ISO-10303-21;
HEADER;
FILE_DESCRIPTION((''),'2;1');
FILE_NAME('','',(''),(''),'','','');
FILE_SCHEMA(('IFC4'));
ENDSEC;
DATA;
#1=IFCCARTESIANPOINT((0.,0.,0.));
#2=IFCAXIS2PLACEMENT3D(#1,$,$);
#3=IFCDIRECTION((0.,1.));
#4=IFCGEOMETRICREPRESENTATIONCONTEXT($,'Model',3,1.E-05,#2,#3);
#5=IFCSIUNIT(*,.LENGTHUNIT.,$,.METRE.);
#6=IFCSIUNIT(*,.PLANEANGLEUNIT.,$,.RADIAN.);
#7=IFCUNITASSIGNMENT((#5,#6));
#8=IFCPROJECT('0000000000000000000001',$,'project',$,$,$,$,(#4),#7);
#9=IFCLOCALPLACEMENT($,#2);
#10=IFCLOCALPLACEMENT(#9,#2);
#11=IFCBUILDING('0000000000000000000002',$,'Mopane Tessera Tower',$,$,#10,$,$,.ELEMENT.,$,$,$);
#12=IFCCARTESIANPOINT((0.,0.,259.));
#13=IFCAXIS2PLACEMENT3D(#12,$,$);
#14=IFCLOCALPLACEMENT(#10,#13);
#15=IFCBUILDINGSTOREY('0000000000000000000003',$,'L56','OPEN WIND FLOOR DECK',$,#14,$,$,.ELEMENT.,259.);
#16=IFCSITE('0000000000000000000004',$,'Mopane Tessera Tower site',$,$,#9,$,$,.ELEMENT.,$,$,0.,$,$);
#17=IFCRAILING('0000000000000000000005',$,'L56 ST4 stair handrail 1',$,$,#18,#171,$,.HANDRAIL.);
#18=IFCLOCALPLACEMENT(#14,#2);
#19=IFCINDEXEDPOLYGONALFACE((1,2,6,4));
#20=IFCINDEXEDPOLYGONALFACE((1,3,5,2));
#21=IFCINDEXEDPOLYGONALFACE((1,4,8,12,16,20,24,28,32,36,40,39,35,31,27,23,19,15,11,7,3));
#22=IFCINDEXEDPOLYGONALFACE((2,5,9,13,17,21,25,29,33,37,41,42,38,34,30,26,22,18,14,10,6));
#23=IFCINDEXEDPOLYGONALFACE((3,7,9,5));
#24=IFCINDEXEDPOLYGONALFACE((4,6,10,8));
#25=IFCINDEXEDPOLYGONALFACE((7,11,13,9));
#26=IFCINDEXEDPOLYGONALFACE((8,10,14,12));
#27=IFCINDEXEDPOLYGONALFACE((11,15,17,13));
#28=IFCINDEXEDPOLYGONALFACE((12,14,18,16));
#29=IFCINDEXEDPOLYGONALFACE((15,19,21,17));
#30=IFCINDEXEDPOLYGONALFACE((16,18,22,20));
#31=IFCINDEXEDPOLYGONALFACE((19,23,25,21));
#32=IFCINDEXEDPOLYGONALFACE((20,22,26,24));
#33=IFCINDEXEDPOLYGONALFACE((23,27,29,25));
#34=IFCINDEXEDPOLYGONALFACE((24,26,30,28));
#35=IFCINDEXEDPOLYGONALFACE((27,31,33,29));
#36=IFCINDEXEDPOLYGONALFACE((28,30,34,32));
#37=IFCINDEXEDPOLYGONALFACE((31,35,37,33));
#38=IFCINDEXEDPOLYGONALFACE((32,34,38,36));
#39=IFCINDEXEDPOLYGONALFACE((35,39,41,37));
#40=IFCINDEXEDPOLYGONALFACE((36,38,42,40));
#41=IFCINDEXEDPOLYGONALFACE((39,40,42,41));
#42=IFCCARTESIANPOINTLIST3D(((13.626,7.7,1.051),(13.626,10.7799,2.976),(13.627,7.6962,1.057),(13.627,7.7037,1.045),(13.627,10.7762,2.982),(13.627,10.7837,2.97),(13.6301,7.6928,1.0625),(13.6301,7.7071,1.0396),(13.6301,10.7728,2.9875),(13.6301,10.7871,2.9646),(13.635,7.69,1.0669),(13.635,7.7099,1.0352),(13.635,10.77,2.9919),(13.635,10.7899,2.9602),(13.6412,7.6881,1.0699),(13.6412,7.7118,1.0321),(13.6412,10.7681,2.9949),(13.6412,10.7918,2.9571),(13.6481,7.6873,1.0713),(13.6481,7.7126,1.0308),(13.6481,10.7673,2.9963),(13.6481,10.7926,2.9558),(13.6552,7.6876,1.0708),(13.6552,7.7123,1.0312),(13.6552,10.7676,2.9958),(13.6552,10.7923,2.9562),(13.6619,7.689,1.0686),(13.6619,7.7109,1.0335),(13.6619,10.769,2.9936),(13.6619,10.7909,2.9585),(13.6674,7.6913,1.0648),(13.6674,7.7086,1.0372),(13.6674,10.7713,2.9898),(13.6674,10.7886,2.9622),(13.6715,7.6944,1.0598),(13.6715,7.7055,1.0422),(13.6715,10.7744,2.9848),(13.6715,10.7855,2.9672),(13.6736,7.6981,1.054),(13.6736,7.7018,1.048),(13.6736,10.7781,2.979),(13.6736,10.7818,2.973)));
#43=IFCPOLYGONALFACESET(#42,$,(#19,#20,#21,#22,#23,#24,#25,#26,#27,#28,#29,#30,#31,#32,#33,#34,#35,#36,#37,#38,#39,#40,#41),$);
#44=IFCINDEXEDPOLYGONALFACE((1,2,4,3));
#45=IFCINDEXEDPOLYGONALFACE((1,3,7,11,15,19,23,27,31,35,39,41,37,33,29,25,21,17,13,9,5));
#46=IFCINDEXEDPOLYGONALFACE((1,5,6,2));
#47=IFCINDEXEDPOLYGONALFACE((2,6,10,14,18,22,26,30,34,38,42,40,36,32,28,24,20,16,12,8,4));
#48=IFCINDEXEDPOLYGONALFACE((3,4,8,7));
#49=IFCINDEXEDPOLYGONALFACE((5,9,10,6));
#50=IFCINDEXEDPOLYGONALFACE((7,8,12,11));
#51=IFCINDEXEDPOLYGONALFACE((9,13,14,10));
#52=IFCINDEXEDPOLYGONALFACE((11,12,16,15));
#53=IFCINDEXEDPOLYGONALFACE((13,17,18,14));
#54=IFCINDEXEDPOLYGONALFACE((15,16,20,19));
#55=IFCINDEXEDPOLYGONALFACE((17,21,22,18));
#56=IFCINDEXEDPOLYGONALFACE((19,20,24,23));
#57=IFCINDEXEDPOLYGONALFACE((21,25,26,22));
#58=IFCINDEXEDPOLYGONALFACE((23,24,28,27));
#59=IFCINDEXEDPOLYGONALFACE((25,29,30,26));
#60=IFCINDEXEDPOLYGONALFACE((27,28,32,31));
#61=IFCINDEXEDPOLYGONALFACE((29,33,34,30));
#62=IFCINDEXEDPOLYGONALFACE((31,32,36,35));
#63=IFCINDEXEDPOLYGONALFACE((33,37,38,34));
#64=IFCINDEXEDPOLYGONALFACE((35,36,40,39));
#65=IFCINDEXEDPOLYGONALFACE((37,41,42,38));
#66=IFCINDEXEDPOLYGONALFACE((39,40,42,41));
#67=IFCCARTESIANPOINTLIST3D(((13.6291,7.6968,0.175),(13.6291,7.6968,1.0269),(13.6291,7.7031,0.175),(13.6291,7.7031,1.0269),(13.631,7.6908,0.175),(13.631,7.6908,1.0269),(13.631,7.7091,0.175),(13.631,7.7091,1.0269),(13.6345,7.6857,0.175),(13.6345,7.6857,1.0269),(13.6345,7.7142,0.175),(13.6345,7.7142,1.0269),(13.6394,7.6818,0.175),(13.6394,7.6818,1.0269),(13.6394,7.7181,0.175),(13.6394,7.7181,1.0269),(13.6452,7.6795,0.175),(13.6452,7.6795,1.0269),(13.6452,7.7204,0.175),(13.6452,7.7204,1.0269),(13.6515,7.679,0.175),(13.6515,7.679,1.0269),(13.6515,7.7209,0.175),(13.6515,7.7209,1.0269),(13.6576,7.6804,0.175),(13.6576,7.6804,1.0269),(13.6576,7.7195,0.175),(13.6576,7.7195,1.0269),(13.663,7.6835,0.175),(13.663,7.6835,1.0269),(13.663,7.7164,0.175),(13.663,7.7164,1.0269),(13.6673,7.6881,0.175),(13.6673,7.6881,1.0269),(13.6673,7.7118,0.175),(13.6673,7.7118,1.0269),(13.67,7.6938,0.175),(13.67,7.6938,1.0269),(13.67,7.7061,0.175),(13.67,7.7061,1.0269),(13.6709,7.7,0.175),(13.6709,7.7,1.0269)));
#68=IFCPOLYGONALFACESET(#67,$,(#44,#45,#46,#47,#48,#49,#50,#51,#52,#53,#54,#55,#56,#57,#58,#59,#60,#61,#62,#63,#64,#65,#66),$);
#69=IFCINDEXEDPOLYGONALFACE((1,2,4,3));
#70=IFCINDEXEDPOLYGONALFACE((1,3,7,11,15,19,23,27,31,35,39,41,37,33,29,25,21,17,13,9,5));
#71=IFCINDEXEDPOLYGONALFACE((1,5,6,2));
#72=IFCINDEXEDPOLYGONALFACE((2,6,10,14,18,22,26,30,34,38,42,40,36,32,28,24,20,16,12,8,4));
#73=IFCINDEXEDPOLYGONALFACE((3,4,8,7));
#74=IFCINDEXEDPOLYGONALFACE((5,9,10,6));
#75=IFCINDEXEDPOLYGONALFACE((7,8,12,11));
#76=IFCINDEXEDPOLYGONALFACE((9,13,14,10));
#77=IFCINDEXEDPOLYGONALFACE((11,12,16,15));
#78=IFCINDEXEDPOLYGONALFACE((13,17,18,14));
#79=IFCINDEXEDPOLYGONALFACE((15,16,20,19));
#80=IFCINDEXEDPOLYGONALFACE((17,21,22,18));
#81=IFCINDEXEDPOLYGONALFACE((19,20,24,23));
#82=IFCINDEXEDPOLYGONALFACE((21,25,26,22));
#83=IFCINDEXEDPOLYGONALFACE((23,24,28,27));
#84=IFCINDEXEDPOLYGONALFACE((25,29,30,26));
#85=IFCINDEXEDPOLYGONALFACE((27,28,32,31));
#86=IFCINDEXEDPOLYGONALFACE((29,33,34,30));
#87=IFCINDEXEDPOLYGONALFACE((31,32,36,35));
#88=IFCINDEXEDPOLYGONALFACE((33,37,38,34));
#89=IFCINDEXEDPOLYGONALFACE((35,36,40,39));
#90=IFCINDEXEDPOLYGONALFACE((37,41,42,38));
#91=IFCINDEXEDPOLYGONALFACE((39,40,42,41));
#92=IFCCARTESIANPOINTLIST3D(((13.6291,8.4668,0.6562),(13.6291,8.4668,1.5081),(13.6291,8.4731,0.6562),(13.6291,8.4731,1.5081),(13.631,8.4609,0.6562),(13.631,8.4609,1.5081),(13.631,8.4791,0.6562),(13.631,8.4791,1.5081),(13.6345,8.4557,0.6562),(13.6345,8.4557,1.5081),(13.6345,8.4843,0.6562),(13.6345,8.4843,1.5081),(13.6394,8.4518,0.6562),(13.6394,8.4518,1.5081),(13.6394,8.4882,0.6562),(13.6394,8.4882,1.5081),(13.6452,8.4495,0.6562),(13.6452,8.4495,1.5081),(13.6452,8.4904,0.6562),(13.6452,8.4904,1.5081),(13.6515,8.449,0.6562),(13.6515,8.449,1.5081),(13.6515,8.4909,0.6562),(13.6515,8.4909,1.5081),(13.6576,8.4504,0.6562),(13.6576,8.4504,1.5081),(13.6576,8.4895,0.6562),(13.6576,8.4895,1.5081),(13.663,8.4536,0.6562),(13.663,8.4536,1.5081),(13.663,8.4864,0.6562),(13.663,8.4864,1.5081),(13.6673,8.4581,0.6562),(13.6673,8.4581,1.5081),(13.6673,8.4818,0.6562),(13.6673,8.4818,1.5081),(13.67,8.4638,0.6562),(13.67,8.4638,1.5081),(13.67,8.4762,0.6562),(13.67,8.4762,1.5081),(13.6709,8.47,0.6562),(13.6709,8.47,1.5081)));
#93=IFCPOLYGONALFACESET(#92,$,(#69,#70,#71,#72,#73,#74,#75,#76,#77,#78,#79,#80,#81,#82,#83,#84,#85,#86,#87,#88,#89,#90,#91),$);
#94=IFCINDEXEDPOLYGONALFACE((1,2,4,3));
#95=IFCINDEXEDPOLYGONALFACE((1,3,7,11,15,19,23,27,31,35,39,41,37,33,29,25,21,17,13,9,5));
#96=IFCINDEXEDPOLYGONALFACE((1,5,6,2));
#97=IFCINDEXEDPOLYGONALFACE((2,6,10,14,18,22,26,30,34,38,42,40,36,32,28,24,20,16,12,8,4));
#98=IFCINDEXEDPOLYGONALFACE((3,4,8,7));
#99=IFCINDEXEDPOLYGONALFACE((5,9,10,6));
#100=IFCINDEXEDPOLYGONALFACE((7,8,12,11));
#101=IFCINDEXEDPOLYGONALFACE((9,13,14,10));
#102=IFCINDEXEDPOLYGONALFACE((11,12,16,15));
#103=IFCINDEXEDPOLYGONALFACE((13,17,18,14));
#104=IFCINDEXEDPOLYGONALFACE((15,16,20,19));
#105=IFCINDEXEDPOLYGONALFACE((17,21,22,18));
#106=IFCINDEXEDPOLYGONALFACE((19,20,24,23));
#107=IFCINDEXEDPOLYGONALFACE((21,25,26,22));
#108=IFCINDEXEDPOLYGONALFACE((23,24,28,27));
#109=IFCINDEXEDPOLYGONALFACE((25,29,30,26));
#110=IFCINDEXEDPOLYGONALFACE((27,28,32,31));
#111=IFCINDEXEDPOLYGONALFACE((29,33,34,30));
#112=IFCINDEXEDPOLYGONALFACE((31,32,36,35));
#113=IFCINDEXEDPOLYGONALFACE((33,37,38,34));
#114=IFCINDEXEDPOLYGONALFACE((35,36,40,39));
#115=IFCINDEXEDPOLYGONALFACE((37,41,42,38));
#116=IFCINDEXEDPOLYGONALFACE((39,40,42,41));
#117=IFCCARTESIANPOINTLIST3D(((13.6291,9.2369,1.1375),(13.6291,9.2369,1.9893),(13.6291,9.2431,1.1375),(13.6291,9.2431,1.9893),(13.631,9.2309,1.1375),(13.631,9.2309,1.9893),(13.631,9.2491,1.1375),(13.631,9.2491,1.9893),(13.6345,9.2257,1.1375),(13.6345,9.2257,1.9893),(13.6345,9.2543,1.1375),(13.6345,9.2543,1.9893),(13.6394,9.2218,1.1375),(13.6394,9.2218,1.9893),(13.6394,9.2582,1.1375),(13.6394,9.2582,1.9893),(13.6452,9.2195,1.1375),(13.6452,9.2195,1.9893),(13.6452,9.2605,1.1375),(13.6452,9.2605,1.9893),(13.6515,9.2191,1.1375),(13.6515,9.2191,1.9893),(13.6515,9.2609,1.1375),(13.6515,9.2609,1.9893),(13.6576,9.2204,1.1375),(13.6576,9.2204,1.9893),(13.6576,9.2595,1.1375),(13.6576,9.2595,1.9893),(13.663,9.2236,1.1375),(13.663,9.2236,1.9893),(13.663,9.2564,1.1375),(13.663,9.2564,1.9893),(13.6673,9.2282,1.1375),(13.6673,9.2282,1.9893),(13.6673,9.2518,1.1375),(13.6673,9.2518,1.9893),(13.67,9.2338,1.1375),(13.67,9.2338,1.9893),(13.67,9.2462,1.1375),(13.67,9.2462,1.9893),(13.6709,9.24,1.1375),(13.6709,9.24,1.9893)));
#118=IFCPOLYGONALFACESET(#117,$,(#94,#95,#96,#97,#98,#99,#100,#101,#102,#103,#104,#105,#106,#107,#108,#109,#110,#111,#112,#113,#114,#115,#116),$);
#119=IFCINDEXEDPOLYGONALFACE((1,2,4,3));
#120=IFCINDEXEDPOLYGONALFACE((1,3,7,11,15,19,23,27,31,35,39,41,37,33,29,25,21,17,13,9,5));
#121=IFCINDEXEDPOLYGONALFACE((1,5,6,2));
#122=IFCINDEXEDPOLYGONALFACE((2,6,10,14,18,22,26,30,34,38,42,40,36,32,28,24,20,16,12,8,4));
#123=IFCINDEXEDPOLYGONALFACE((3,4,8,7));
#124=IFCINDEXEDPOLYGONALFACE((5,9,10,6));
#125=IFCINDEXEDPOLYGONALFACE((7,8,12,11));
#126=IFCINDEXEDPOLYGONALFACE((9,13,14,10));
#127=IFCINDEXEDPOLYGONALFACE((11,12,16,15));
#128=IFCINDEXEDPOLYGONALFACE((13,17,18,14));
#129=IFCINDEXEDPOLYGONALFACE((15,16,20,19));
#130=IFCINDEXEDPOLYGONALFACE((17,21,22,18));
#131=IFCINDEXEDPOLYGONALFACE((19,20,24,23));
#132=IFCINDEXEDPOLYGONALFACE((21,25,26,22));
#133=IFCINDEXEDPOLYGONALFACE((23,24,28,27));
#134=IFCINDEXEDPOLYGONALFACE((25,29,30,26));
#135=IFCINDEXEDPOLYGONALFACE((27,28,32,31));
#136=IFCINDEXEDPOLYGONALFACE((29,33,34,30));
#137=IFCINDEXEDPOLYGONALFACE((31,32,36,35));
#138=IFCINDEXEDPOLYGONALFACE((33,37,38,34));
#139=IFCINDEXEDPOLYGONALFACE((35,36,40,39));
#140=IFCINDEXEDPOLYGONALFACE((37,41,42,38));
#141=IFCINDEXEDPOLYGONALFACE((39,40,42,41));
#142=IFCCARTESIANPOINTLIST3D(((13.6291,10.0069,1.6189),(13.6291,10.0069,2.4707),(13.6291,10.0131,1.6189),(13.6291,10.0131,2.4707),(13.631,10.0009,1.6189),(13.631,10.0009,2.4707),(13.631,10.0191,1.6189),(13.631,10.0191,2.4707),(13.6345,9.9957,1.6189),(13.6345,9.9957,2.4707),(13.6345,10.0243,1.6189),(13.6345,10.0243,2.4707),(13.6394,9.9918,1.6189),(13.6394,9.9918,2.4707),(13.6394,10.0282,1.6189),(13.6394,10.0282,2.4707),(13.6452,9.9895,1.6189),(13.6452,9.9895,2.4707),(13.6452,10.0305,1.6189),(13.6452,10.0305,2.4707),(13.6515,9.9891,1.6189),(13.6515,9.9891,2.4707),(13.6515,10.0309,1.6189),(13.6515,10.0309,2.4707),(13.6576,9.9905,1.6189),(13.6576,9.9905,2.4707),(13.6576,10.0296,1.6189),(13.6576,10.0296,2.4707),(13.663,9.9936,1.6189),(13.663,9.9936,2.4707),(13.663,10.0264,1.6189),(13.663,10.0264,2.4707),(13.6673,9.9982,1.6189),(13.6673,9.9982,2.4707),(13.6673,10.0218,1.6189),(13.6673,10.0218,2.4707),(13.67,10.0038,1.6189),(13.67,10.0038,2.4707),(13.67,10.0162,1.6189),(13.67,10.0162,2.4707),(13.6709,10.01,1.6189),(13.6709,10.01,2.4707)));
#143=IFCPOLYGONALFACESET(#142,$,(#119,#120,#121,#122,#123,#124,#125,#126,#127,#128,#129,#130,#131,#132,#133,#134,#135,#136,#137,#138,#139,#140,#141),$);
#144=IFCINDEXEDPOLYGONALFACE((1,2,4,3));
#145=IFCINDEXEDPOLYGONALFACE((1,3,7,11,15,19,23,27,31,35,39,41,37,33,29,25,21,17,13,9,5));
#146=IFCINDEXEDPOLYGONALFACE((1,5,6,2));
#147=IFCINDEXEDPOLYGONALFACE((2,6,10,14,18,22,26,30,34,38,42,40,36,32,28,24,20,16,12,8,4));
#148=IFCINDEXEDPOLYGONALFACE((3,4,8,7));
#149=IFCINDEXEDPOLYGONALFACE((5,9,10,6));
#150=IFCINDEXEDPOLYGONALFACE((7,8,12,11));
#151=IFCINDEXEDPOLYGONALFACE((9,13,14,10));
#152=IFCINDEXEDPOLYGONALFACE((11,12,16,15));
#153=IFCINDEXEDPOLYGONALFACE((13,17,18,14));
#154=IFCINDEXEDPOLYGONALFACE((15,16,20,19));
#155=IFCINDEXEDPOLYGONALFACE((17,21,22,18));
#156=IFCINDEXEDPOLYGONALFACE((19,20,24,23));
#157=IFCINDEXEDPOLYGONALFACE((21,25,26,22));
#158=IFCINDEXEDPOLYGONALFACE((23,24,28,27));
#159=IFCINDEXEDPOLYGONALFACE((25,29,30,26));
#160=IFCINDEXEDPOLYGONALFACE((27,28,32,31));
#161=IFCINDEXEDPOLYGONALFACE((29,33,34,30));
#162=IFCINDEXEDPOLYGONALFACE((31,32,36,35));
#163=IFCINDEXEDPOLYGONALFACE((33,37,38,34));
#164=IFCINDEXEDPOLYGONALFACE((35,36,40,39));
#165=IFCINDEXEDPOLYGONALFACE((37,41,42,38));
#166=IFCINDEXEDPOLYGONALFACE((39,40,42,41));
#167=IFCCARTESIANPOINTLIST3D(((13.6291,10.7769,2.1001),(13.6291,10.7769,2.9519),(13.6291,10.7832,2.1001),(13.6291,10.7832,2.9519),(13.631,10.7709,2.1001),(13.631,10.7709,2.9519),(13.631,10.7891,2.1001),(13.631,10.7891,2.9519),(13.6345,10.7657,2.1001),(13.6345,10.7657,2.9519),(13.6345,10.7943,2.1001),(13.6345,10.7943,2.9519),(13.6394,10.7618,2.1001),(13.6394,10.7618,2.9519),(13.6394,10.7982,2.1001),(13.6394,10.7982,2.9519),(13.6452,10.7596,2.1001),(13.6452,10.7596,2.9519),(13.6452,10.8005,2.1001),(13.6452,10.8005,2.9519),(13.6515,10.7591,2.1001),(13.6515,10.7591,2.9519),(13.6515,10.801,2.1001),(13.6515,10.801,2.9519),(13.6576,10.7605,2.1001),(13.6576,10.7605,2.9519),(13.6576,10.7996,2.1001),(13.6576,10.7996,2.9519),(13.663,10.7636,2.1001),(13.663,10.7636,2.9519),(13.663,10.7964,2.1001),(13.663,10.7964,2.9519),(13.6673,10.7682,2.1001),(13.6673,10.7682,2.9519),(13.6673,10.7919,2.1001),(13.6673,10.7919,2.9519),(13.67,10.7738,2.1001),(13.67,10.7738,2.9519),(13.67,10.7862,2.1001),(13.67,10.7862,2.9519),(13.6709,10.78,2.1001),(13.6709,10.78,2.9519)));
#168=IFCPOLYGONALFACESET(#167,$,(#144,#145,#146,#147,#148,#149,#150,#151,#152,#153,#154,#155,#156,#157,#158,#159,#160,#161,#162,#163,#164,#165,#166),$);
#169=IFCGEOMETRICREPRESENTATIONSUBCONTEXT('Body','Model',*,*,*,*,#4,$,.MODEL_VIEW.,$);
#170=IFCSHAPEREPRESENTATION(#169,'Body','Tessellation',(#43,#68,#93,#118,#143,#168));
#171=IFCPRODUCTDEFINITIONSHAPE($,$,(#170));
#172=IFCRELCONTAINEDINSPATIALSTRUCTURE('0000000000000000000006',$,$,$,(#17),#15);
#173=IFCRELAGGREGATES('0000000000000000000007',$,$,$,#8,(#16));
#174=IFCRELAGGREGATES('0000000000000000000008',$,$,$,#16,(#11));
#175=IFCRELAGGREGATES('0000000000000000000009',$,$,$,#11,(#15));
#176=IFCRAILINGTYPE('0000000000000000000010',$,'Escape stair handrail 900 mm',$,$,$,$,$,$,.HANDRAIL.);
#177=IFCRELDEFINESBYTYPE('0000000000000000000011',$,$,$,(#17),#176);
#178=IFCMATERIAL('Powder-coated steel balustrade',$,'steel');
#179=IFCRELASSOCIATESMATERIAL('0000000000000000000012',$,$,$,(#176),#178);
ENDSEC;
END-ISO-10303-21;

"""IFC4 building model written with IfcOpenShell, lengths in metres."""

from ifc_helpers import new_model, si_unit, direction, frame, origin, origin_2d, place, context, subcontext, project, spatial, circle, extrude, material, type_object, element, save


model = new_model("IFC4")

# Units and contexts
model_context = context("Model", 3, precision=1e-05, world=origin(), true_north=direction((0.0, 1.0)))
body_context = subcontext(model_context, "Body", "Model", "MODEL_VIEW")
ifc_project = project(units=[si_unit("LENGTHUNIT", "METRE"), si_unit("PLANEANGLEUNIT", "RADIAN")], contexts=[model_context])

# Site, building, storey
site_placement = place(None, origin())
site = spatial("IfcSite", under=ifc_project, at=site_placement, Name="Mopane Tessera Tower site", CompositionType="ELEMENT", RefElevation=0.0)
building_placement = place(site_placement, origin())
building = spatial("IfcBuilding", under=site, at=building_placement, Name="Mopane Tessera Tower", CompositionType="ELEMENT")
storey_placement = place(building_placement, frame((0.0, 0.0, 259.0)))
storey = spatial("IfcBuildingStorey", under=building, at=storey_placement, Name="L56", Description="OPEN WIND FLOOR DECK", CompositionType="ELEMENT", Elevation=259.0)

# Railing
ifc_material_1 = material(Name="Powder-coated steel balustrade", Category="steel")
railing_type_1 = type_object("IfcRailingType", Name="Escape stair handrail 900 mm", PredefinedType="HANDRAIL", material=ifc_material_1)
for number, where, name in (
    (1, (13.6499, 7.7, 0.175), "L56 ST4 stair handrail 1"),
):
    element("IfcRailing", number, at=place(storey_placement, frame(where)), inside=storey, type_object=railing_type_1, Name=name, PredefinedType="HANDRAIL", context=body_context, shape_type="SweptSolid", body=[
        extrude(circle(Radius=0.0239, at=origin_2d()), frame((0.0, 0.0, 0.876), z_axis=(0.0, 0.847998, 0.529999), x_axis=(-1.0, 0.0, 0.0)), (0.0, 0.0, 1.0), 3.6321),
        extrude(circle(Radius=0.021, at=origin_2d()), origin(), (0.0, 0.0, 1.0), 0.8518),
        extrude(circle(Radius=0.021, at=origin_2d()), frame((0.0, 0.77, 0.4812)), (0.0, 0.0, 1.0), 0.8518),
        extrude(circle(Radius=0.021, at=origin_2d()), frame((0.0, 1.54, 0.9624)), (0.0, 0.0, 1.0), 0.8518),
        extrude(circle(Radius=0.021, at=origin_2d()), frame((0.0, 2.3101, 1.4438)), (0.0, 0.0, 1.0), 0.8518),
        extrude(circle(Radius=0.021, at=origin_2d()), frame((0.0, 3.0801, 1.925)), (0.0, 0.0, 1.0), 0.8518),
    ])

save(model, "model.ifc")
